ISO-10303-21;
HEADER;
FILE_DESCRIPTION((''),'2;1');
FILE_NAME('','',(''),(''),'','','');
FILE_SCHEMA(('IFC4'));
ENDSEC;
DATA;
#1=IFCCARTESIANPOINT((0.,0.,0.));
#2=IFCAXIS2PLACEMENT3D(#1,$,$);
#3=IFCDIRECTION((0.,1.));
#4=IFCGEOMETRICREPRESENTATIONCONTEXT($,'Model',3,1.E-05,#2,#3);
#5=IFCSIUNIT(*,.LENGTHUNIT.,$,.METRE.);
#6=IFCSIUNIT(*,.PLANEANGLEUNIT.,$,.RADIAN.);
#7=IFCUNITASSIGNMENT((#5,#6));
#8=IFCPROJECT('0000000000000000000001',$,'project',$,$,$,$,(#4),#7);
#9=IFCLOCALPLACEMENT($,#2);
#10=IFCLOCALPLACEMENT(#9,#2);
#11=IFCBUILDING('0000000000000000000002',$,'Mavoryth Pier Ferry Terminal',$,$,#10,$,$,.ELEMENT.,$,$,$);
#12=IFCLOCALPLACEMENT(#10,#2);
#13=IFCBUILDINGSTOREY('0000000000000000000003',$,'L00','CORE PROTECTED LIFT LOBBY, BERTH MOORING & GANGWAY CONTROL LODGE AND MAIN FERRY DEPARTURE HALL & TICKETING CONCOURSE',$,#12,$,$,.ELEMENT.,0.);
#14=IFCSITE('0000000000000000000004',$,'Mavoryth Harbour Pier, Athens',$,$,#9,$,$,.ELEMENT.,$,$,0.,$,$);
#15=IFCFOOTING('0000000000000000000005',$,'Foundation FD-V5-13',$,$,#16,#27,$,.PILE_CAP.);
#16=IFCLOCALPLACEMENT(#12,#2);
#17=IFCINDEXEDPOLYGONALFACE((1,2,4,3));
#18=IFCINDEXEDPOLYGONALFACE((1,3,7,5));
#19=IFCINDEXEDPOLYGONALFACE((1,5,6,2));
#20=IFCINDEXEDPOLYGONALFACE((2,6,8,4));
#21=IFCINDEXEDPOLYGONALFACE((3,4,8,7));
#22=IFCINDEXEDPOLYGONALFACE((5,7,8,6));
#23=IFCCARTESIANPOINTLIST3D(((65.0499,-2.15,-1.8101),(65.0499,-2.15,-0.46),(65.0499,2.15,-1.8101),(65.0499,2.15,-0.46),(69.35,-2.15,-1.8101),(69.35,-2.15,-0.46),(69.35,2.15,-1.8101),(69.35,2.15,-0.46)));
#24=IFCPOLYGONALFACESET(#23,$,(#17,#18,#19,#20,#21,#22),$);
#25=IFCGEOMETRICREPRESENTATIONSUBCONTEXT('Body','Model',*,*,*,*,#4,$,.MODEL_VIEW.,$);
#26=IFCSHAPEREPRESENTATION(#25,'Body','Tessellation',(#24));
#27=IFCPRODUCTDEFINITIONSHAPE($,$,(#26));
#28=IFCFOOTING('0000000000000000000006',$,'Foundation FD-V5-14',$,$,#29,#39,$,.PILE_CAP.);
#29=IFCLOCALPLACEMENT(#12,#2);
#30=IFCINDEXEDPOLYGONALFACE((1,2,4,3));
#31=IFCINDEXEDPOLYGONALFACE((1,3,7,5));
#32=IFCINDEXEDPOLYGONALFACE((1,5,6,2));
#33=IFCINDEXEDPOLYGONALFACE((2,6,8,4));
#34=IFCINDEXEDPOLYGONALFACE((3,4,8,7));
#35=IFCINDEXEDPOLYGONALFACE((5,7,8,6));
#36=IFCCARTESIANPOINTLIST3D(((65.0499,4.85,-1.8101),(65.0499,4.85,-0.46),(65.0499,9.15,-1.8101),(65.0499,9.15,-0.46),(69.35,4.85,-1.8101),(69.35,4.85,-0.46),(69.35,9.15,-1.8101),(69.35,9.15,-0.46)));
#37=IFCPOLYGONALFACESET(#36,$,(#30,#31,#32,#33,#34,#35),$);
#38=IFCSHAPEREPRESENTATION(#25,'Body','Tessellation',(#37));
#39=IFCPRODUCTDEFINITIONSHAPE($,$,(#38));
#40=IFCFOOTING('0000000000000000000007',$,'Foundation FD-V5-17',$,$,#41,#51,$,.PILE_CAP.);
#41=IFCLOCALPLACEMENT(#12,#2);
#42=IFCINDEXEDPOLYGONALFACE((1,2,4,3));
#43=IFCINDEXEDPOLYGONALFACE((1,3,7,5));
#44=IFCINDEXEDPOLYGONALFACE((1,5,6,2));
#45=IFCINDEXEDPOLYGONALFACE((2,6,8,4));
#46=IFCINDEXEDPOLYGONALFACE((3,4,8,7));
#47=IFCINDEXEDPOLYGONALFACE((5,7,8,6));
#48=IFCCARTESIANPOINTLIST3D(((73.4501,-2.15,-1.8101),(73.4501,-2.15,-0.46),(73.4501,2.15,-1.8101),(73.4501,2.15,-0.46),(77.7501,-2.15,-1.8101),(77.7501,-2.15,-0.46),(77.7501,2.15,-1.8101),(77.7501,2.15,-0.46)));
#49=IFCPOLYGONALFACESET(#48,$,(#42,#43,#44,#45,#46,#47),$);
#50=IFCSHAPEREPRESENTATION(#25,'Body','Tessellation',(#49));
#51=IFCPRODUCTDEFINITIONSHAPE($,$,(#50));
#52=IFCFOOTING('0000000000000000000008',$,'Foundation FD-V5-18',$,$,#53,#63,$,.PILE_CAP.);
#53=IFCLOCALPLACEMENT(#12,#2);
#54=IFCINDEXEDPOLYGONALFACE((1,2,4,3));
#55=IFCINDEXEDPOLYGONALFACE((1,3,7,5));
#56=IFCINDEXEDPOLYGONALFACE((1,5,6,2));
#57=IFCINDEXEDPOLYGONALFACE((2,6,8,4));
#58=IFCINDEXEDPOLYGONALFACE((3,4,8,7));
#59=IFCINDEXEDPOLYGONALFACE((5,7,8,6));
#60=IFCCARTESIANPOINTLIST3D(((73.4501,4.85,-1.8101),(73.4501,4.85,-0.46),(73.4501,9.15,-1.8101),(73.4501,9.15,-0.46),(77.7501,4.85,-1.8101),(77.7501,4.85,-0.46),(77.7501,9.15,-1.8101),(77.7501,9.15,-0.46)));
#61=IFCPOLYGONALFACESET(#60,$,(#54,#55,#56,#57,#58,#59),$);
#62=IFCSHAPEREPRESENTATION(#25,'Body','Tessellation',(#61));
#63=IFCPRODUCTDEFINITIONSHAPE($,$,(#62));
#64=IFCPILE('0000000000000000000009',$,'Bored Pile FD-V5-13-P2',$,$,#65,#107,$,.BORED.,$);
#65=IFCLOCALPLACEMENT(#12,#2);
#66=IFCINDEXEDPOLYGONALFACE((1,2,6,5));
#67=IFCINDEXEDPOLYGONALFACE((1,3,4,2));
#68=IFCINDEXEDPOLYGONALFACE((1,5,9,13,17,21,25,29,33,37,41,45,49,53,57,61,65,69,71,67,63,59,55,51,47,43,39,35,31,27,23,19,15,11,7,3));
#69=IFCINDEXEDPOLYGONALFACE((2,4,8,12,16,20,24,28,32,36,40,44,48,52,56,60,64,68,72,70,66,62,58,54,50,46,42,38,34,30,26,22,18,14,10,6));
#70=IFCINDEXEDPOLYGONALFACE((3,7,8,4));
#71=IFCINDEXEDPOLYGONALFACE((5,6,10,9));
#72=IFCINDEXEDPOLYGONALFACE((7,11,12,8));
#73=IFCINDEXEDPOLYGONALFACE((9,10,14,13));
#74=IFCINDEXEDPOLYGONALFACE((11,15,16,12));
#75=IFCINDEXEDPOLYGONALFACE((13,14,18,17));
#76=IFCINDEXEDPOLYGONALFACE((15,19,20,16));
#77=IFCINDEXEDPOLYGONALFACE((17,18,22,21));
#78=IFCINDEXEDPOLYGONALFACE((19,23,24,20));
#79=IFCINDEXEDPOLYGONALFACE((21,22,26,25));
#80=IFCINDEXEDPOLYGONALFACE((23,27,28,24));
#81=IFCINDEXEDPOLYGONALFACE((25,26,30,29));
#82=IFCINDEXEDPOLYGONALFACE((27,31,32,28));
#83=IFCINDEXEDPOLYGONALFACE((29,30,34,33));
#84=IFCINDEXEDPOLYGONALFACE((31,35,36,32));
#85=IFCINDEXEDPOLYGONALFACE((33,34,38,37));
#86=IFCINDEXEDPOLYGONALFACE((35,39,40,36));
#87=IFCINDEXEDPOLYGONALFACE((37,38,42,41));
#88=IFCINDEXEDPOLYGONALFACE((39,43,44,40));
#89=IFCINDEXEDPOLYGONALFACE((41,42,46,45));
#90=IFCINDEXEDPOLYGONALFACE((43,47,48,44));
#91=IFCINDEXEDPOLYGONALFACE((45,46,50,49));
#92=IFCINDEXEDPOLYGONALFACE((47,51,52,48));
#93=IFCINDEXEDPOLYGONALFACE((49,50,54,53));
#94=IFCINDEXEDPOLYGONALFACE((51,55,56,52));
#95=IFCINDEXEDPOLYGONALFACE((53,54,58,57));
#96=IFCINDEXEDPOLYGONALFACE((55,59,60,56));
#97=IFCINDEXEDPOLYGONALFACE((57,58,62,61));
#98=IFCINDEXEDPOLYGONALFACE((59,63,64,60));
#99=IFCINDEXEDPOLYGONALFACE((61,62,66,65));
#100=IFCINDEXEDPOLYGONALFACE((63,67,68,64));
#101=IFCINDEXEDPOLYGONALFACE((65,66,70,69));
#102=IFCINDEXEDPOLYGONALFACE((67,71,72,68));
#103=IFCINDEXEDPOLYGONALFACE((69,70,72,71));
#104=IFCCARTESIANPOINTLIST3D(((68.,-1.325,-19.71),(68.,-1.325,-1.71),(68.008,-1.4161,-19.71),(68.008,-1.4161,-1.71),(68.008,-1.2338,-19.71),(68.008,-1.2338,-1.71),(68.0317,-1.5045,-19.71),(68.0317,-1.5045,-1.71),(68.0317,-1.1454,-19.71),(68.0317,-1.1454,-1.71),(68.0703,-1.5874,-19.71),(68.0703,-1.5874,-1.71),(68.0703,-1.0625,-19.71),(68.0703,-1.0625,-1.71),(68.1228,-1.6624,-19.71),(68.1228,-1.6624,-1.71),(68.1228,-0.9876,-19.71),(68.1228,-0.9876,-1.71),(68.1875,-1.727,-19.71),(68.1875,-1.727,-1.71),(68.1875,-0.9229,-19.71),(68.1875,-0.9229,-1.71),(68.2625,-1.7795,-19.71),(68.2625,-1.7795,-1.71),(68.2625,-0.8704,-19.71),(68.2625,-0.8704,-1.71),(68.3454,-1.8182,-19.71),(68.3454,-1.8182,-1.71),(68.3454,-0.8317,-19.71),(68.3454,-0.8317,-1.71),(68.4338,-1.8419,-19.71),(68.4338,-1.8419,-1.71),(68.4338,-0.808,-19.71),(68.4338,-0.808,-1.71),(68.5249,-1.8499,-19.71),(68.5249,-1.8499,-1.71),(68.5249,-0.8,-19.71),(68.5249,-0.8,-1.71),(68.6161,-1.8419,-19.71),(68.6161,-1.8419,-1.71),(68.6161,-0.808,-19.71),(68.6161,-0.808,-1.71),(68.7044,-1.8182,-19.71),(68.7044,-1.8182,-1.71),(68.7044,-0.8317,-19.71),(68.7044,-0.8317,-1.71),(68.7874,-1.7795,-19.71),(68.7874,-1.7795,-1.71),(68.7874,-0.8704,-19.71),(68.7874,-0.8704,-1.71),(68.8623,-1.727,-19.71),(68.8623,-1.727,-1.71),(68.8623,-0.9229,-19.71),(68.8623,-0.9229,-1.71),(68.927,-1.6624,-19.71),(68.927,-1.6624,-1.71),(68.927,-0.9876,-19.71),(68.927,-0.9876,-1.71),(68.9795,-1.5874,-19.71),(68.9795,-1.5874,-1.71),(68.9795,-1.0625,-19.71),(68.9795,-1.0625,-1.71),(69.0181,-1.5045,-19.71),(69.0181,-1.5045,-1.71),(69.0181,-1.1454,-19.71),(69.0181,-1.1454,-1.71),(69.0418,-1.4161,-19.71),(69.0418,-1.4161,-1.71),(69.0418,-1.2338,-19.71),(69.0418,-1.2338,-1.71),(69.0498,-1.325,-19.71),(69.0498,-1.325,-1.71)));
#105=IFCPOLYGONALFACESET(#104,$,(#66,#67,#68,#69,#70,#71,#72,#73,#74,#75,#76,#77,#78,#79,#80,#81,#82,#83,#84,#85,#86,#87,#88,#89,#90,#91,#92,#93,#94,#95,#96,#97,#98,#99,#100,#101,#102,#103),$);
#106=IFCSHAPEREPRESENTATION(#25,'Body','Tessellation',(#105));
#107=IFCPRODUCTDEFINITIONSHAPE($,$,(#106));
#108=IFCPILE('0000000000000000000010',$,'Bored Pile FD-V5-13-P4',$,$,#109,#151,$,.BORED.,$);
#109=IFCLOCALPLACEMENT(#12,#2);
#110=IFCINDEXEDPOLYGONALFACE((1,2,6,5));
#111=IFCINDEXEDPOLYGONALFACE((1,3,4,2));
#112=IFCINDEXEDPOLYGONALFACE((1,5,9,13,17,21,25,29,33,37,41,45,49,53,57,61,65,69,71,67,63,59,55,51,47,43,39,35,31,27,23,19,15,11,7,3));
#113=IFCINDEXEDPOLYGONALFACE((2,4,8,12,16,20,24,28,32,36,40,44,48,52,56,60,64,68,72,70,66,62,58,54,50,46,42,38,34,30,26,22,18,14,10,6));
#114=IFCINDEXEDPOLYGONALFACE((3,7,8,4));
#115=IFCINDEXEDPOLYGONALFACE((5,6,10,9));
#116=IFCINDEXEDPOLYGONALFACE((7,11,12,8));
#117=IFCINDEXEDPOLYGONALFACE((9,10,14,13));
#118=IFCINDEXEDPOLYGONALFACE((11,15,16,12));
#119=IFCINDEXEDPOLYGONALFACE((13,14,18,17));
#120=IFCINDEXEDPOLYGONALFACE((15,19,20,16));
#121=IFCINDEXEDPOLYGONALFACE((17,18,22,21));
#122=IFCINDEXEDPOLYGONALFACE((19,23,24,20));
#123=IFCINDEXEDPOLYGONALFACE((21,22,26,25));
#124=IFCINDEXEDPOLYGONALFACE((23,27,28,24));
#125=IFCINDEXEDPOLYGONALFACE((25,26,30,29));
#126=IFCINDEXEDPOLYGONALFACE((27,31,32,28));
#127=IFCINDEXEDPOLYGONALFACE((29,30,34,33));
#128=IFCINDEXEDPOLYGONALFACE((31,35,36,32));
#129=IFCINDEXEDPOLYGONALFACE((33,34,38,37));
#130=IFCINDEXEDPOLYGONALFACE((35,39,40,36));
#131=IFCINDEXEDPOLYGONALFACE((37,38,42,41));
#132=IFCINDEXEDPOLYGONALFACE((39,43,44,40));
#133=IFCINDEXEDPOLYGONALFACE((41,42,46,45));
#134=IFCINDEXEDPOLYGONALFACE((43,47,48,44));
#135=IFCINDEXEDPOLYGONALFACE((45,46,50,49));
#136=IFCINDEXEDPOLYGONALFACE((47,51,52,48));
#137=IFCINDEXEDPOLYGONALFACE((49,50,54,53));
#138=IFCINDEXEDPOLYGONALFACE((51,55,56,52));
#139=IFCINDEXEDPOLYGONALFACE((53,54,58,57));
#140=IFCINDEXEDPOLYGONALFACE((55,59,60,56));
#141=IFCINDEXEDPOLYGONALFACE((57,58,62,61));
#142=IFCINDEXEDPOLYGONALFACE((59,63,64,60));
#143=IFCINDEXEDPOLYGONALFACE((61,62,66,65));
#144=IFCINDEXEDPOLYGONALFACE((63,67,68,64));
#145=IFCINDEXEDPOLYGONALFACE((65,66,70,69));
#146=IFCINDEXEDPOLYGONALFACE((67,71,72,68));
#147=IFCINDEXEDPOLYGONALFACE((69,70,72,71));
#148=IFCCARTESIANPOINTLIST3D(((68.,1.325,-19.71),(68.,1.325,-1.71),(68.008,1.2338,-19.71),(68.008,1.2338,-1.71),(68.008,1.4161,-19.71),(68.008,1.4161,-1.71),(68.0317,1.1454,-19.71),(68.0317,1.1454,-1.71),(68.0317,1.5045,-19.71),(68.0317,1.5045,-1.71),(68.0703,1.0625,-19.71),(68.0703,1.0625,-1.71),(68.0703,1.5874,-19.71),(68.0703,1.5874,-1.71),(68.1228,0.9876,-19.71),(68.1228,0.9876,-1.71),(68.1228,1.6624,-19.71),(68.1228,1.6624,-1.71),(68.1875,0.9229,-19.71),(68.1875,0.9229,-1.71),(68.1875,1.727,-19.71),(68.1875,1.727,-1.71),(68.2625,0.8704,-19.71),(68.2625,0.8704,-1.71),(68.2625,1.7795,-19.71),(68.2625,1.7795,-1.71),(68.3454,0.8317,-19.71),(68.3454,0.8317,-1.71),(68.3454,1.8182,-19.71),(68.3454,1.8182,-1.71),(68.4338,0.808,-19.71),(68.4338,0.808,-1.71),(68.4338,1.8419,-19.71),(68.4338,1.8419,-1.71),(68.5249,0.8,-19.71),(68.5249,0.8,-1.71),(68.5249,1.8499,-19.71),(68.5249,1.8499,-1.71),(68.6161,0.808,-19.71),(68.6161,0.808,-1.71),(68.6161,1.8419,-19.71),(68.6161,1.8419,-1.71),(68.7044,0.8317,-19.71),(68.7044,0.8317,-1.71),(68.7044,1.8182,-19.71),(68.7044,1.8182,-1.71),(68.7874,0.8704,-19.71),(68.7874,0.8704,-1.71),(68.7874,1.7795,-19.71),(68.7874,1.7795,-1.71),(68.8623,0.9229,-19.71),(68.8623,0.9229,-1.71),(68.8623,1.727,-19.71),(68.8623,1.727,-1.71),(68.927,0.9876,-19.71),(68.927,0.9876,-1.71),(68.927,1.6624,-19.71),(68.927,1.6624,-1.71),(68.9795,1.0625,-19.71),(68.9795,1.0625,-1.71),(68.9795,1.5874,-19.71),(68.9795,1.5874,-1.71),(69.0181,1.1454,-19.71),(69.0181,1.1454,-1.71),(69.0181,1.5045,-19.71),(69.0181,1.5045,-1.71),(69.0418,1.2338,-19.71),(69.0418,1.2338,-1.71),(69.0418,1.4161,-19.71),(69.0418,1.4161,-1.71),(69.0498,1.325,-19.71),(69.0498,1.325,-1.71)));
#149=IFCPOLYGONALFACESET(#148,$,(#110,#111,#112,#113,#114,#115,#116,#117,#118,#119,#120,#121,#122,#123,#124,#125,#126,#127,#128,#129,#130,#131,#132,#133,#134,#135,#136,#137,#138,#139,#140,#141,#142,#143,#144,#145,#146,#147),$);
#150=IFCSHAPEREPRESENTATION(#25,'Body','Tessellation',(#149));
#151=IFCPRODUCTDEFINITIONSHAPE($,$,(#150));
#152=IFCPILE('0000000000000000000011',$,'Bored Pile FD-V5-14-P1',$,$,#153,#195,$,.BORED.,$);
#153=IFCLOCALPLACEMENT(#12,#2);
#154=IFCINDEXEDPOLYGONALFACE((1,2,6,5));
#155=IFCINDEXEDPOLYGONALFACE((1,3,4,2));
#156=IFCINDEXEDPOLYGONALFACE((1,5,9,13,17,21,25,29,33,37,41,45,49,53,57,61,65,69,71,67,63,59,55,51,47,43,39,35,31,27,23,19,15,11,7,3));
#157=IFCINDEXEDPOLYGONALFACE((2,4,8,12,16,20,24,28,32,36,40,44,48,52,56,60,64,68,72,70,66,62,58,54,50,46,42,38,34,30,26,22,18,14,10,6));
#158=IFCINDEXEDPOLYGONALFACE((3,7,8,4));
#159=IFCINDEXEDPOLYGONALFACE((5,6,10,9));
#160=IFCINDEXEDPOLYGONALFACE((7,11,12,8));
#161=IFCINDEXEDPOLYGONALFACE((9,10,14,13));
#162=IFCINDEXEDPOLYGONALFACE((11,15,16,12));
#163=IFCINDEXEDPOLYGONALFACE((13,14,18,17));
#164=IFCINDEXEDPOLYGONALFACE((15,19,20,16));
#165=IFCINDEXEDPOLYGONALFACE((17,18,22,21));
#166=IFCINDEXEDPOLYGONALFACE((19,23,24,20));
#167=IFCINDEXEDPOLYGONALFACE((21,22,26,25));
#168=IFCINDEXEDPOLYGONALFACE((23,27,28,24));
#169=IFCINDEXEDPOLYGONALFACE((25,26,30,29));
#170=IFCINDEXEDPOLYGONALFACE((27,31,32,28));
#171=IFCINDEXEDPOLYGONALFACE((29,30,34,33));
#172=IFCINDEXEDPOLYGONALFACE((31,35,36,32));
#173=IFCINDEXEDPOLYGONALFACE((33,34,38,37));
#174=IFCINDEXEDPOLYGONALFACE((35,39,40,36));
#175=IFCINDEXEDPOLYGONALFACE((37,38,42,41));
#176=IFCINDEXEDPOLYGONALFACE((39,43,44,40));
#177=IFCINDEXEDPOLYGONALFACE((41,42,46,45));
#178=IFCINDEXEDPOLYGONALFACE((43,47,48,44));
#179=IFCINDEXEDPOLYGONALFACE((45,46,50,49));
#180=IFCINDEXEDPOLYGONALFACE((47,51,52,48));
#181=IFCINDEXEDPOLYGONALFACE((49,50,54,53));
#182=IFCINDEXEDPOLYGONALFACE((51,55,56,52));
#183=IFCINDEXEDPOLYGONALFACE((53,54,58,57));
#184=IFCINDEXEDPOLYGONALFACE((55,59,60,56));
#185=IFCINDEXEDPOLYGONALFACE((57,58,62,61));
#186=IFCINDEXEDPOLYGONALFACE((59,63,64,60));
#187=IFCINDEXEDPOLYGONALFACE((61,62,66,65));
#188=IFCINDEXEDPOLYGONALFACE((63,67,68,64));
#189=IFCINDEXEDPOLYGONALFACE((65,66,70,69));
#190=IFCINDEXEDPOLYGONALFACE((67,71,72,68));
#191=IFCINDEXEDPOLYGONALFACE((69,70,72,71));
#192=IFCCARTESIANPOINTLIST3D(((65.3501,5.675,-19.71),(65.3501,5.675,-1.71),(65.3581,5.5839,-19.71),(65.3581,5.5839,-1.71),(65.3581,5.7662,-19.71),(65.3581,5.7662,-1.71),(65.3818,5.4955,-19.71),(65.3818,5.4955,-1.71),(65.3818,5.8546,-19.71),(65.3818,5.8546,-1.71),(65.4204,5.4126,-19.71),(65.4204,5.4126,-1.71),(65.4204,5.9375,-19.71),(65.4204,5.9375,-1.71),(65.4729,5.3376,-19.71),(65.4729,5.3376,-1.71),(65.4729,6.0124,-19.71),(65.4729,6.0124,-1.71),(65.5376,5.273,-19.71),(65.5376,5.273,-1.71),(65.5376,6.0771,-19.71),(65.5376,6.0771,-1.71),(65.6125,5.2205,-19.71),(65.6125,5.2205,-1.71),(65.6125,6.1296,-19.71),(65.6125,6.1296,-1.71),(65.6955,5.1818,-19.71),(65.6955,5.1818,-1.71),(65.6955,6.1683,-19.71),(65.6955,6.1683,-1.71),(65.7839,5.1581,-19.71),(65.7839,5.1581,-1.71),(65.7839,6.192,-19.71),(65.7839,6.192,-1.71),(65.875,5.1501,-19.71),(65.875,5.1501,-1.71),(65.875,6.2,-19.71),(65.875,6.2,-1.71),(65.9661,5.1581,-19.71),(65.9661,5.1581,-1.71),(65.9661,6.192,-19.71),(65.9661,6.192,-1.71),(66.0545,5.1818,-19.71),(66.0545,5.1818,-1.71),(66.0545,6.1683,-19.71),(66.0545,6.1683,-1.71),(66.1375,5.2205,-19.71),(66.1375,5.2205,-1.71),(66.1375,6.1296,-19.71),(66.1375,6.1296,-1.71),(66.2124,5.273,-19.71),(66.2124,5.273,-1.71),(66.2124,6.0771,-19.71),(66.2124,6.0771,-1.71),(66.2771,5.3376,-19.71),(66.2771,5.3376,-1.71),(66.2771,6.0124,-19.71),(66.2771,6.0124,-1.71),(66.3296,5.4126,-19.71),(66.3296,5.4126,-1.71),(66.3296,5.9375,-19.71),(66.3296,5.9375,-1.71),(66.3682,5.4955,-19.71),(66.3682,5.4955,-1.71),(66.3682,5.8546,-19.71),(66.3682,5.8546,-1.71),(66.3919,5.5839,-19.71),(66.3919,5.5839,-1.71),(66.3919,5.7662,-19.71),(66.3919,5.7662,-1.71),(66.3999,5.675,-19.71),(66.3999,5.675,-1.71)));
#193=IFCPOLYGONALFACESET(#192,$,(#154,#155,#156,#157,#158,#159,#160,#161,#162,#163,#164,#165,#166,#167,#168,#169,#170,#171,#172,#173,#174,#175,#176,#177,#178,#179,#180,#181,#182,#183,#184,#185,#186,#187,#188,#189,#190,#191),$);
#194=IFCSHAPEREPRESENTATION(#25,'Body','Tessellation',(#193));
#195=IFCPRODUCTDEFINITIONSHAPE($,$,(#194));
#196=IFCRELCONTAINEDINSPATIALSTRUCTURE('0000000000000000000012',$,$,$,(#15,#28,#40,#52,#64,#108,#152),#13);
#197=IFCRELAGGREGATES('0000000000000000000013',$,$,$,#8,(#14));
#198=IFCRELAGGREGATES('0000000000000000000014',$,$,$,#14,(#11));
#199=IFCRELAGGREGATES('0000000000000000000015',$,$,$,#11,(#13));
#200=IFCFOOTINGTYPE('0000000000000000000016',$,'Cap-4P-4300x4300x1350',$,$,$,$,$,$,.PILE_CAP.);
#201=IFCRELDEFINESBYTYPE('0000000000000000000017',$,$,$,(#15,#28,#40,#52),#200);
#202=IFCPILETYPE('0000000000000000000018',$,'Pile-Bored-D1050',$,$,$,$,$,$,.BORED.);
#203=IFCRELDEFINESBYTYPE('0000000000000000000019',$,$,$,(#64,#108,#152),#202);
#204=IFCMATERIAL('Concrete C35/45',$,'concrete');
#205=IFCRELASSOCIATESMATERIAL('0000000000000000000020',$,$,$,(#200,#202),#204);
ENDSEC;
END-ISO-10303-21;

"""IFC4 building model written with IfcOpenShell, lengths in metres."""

from ifc_helpers import new_model, si_unit, direction, frame, origin, origin_2d, place, context, subcontext, project, spatial, rectangle, circle, extrude, material, material_profile, profile_set, type_object, element, save


model = new_model("IFC4")

# Units and contexts
model_context = context("Model", 3, precision=1e-05, world=origin(), true_north=direction((0.0, 1.0)))
body_context = subcontext(model_context, "Body", "Model", "MODEL_VIEW")
ifc_project = project(units=[si_unit("LENGTHUNIT", "METRE"), si_unit("PLANEANGLEUNIT", "RADIAN")], contexts=[model_context])

# Site, building, storey
site_placement = place(None, origin())
site = spatial("IfcSite", under=ifc_project, at=site_placement, Name="Mavoryth Harbour Pier, Athens", CompositionType="ELEMENT", RefElevation=0.0)
building_placement = place(site_placement, origin())
building = spatial("IfcBuilding", under=site, at=building_placement, Name="Mavoryth Pier Ferry Terminal", CompositionType="ELEMENT")
storey_placement = place(building_placement, origin())
storey = spatial("IfcBuildingStorey", under=building, at=storey_placement, Name="L00", Description="CORE PROTECTED LIFT LOBBY, BERTH MOORING & GANGWAY CONTROL LODGE AND MAIN FERRY DEPARTURE HALL & TICKETING CONCOURSE", CompositionType="ELEMENT", Elevation=0.0)

# Footings
ifc_material_1 = material(Name="Concrete C35/45", Category="concrete")
footing_type_1 = type_object("IfcFootingType", Name="Cap-4P-4300x4300x1350", PredefinedType="PILE_CAP", material=ifc_material_1)
for number, where, z_axis, x_axis, name in (
    (1, (67.2, 0.0, -1.8101), (0.0, 0.0, 1.0), (1.0, 0.0, 0.0), "Foundation FD-V5-13"),
    (2, (67.2, 7.0, -1.8101), (0.0, 0.0, 1.0), (1.0, 0.0, 0.0), "Foundation FD-V5-14"),
    (3, (75.6001, 0.0, -1.8101), (0.0, 0.0, 1.0), (1.0, 0.0, 0.0), "Foundation FD-V5-17"),
    (4, (75.6001, 7.0, -1.8101), (0.0, 0.0, 1.0), (1.0, 0.0, 0.0), "Foundation FD-V5-18"),
):
    element("IfcFooting", number, at=place(storey_placement, frame(where, z_axis=z_axis, x_axis=x_axis)), inside=storey, type_object=footing_type_1, Name=name, PredefinedType="PILE_CAP", context=body_context, shape_type="SweptSolid", body=[
        extrude(rectangle(XDim=4.3, YDim=4.3, at=origin_2d()), origin(), (0.0, 0.0, 1.0), 1.3501),
    ])

# Piles
ifc_material_profile_1 = material_profile(ifc_material_1, circle(Radius=0.5249, at=origin_2d()), Name="PILE D1050", Category="concrete")
ifc_profile_set_1 = profile_set([ifc_material_profile_1], Name="Concrete C35/45 - PILE D1050")
pile_type = type_object("IfcPileType", Name="Pile-Bored-D1050", PredefinedType="BORED", material=ifc_profile_set_1)
for number, where, z_axis, x_axis, name in (
    (5, (68.5249, -1.325, -1.71), (0.0, 0.0, -1.0), (1.0, 0.0, 0.0), "Bored Pile FD-V5-13-P2"),
    (6, (68.5249, 1.325, -1.71), (0.0, 0.0, -1.0), (1.0, 0.0, 0.0), "Bored Pile FD-V5-13-P4"),
    (7, (65.875, 5.675, -1.71), (0.0, 0.0, -1.0), (1.0, 0.0, 0.0), "Bored Pile FD-V5-14-P1"),
):
    element("IfcPile", number, at=place(storey_placement, frame(where, z_axis=z_axis, x_axis=x_axis)), inside=storey, type_object=pile_type, Name=name, PredefinedType="BORED", context=body_context, shape_type="SweptSolid", body=[
        extrude(circle(Radius=0.5249, at=origin_2d()), origin(), (0.0, 0.0, 1.0), 18.0),
    ])

save(model, "model.ifc")
